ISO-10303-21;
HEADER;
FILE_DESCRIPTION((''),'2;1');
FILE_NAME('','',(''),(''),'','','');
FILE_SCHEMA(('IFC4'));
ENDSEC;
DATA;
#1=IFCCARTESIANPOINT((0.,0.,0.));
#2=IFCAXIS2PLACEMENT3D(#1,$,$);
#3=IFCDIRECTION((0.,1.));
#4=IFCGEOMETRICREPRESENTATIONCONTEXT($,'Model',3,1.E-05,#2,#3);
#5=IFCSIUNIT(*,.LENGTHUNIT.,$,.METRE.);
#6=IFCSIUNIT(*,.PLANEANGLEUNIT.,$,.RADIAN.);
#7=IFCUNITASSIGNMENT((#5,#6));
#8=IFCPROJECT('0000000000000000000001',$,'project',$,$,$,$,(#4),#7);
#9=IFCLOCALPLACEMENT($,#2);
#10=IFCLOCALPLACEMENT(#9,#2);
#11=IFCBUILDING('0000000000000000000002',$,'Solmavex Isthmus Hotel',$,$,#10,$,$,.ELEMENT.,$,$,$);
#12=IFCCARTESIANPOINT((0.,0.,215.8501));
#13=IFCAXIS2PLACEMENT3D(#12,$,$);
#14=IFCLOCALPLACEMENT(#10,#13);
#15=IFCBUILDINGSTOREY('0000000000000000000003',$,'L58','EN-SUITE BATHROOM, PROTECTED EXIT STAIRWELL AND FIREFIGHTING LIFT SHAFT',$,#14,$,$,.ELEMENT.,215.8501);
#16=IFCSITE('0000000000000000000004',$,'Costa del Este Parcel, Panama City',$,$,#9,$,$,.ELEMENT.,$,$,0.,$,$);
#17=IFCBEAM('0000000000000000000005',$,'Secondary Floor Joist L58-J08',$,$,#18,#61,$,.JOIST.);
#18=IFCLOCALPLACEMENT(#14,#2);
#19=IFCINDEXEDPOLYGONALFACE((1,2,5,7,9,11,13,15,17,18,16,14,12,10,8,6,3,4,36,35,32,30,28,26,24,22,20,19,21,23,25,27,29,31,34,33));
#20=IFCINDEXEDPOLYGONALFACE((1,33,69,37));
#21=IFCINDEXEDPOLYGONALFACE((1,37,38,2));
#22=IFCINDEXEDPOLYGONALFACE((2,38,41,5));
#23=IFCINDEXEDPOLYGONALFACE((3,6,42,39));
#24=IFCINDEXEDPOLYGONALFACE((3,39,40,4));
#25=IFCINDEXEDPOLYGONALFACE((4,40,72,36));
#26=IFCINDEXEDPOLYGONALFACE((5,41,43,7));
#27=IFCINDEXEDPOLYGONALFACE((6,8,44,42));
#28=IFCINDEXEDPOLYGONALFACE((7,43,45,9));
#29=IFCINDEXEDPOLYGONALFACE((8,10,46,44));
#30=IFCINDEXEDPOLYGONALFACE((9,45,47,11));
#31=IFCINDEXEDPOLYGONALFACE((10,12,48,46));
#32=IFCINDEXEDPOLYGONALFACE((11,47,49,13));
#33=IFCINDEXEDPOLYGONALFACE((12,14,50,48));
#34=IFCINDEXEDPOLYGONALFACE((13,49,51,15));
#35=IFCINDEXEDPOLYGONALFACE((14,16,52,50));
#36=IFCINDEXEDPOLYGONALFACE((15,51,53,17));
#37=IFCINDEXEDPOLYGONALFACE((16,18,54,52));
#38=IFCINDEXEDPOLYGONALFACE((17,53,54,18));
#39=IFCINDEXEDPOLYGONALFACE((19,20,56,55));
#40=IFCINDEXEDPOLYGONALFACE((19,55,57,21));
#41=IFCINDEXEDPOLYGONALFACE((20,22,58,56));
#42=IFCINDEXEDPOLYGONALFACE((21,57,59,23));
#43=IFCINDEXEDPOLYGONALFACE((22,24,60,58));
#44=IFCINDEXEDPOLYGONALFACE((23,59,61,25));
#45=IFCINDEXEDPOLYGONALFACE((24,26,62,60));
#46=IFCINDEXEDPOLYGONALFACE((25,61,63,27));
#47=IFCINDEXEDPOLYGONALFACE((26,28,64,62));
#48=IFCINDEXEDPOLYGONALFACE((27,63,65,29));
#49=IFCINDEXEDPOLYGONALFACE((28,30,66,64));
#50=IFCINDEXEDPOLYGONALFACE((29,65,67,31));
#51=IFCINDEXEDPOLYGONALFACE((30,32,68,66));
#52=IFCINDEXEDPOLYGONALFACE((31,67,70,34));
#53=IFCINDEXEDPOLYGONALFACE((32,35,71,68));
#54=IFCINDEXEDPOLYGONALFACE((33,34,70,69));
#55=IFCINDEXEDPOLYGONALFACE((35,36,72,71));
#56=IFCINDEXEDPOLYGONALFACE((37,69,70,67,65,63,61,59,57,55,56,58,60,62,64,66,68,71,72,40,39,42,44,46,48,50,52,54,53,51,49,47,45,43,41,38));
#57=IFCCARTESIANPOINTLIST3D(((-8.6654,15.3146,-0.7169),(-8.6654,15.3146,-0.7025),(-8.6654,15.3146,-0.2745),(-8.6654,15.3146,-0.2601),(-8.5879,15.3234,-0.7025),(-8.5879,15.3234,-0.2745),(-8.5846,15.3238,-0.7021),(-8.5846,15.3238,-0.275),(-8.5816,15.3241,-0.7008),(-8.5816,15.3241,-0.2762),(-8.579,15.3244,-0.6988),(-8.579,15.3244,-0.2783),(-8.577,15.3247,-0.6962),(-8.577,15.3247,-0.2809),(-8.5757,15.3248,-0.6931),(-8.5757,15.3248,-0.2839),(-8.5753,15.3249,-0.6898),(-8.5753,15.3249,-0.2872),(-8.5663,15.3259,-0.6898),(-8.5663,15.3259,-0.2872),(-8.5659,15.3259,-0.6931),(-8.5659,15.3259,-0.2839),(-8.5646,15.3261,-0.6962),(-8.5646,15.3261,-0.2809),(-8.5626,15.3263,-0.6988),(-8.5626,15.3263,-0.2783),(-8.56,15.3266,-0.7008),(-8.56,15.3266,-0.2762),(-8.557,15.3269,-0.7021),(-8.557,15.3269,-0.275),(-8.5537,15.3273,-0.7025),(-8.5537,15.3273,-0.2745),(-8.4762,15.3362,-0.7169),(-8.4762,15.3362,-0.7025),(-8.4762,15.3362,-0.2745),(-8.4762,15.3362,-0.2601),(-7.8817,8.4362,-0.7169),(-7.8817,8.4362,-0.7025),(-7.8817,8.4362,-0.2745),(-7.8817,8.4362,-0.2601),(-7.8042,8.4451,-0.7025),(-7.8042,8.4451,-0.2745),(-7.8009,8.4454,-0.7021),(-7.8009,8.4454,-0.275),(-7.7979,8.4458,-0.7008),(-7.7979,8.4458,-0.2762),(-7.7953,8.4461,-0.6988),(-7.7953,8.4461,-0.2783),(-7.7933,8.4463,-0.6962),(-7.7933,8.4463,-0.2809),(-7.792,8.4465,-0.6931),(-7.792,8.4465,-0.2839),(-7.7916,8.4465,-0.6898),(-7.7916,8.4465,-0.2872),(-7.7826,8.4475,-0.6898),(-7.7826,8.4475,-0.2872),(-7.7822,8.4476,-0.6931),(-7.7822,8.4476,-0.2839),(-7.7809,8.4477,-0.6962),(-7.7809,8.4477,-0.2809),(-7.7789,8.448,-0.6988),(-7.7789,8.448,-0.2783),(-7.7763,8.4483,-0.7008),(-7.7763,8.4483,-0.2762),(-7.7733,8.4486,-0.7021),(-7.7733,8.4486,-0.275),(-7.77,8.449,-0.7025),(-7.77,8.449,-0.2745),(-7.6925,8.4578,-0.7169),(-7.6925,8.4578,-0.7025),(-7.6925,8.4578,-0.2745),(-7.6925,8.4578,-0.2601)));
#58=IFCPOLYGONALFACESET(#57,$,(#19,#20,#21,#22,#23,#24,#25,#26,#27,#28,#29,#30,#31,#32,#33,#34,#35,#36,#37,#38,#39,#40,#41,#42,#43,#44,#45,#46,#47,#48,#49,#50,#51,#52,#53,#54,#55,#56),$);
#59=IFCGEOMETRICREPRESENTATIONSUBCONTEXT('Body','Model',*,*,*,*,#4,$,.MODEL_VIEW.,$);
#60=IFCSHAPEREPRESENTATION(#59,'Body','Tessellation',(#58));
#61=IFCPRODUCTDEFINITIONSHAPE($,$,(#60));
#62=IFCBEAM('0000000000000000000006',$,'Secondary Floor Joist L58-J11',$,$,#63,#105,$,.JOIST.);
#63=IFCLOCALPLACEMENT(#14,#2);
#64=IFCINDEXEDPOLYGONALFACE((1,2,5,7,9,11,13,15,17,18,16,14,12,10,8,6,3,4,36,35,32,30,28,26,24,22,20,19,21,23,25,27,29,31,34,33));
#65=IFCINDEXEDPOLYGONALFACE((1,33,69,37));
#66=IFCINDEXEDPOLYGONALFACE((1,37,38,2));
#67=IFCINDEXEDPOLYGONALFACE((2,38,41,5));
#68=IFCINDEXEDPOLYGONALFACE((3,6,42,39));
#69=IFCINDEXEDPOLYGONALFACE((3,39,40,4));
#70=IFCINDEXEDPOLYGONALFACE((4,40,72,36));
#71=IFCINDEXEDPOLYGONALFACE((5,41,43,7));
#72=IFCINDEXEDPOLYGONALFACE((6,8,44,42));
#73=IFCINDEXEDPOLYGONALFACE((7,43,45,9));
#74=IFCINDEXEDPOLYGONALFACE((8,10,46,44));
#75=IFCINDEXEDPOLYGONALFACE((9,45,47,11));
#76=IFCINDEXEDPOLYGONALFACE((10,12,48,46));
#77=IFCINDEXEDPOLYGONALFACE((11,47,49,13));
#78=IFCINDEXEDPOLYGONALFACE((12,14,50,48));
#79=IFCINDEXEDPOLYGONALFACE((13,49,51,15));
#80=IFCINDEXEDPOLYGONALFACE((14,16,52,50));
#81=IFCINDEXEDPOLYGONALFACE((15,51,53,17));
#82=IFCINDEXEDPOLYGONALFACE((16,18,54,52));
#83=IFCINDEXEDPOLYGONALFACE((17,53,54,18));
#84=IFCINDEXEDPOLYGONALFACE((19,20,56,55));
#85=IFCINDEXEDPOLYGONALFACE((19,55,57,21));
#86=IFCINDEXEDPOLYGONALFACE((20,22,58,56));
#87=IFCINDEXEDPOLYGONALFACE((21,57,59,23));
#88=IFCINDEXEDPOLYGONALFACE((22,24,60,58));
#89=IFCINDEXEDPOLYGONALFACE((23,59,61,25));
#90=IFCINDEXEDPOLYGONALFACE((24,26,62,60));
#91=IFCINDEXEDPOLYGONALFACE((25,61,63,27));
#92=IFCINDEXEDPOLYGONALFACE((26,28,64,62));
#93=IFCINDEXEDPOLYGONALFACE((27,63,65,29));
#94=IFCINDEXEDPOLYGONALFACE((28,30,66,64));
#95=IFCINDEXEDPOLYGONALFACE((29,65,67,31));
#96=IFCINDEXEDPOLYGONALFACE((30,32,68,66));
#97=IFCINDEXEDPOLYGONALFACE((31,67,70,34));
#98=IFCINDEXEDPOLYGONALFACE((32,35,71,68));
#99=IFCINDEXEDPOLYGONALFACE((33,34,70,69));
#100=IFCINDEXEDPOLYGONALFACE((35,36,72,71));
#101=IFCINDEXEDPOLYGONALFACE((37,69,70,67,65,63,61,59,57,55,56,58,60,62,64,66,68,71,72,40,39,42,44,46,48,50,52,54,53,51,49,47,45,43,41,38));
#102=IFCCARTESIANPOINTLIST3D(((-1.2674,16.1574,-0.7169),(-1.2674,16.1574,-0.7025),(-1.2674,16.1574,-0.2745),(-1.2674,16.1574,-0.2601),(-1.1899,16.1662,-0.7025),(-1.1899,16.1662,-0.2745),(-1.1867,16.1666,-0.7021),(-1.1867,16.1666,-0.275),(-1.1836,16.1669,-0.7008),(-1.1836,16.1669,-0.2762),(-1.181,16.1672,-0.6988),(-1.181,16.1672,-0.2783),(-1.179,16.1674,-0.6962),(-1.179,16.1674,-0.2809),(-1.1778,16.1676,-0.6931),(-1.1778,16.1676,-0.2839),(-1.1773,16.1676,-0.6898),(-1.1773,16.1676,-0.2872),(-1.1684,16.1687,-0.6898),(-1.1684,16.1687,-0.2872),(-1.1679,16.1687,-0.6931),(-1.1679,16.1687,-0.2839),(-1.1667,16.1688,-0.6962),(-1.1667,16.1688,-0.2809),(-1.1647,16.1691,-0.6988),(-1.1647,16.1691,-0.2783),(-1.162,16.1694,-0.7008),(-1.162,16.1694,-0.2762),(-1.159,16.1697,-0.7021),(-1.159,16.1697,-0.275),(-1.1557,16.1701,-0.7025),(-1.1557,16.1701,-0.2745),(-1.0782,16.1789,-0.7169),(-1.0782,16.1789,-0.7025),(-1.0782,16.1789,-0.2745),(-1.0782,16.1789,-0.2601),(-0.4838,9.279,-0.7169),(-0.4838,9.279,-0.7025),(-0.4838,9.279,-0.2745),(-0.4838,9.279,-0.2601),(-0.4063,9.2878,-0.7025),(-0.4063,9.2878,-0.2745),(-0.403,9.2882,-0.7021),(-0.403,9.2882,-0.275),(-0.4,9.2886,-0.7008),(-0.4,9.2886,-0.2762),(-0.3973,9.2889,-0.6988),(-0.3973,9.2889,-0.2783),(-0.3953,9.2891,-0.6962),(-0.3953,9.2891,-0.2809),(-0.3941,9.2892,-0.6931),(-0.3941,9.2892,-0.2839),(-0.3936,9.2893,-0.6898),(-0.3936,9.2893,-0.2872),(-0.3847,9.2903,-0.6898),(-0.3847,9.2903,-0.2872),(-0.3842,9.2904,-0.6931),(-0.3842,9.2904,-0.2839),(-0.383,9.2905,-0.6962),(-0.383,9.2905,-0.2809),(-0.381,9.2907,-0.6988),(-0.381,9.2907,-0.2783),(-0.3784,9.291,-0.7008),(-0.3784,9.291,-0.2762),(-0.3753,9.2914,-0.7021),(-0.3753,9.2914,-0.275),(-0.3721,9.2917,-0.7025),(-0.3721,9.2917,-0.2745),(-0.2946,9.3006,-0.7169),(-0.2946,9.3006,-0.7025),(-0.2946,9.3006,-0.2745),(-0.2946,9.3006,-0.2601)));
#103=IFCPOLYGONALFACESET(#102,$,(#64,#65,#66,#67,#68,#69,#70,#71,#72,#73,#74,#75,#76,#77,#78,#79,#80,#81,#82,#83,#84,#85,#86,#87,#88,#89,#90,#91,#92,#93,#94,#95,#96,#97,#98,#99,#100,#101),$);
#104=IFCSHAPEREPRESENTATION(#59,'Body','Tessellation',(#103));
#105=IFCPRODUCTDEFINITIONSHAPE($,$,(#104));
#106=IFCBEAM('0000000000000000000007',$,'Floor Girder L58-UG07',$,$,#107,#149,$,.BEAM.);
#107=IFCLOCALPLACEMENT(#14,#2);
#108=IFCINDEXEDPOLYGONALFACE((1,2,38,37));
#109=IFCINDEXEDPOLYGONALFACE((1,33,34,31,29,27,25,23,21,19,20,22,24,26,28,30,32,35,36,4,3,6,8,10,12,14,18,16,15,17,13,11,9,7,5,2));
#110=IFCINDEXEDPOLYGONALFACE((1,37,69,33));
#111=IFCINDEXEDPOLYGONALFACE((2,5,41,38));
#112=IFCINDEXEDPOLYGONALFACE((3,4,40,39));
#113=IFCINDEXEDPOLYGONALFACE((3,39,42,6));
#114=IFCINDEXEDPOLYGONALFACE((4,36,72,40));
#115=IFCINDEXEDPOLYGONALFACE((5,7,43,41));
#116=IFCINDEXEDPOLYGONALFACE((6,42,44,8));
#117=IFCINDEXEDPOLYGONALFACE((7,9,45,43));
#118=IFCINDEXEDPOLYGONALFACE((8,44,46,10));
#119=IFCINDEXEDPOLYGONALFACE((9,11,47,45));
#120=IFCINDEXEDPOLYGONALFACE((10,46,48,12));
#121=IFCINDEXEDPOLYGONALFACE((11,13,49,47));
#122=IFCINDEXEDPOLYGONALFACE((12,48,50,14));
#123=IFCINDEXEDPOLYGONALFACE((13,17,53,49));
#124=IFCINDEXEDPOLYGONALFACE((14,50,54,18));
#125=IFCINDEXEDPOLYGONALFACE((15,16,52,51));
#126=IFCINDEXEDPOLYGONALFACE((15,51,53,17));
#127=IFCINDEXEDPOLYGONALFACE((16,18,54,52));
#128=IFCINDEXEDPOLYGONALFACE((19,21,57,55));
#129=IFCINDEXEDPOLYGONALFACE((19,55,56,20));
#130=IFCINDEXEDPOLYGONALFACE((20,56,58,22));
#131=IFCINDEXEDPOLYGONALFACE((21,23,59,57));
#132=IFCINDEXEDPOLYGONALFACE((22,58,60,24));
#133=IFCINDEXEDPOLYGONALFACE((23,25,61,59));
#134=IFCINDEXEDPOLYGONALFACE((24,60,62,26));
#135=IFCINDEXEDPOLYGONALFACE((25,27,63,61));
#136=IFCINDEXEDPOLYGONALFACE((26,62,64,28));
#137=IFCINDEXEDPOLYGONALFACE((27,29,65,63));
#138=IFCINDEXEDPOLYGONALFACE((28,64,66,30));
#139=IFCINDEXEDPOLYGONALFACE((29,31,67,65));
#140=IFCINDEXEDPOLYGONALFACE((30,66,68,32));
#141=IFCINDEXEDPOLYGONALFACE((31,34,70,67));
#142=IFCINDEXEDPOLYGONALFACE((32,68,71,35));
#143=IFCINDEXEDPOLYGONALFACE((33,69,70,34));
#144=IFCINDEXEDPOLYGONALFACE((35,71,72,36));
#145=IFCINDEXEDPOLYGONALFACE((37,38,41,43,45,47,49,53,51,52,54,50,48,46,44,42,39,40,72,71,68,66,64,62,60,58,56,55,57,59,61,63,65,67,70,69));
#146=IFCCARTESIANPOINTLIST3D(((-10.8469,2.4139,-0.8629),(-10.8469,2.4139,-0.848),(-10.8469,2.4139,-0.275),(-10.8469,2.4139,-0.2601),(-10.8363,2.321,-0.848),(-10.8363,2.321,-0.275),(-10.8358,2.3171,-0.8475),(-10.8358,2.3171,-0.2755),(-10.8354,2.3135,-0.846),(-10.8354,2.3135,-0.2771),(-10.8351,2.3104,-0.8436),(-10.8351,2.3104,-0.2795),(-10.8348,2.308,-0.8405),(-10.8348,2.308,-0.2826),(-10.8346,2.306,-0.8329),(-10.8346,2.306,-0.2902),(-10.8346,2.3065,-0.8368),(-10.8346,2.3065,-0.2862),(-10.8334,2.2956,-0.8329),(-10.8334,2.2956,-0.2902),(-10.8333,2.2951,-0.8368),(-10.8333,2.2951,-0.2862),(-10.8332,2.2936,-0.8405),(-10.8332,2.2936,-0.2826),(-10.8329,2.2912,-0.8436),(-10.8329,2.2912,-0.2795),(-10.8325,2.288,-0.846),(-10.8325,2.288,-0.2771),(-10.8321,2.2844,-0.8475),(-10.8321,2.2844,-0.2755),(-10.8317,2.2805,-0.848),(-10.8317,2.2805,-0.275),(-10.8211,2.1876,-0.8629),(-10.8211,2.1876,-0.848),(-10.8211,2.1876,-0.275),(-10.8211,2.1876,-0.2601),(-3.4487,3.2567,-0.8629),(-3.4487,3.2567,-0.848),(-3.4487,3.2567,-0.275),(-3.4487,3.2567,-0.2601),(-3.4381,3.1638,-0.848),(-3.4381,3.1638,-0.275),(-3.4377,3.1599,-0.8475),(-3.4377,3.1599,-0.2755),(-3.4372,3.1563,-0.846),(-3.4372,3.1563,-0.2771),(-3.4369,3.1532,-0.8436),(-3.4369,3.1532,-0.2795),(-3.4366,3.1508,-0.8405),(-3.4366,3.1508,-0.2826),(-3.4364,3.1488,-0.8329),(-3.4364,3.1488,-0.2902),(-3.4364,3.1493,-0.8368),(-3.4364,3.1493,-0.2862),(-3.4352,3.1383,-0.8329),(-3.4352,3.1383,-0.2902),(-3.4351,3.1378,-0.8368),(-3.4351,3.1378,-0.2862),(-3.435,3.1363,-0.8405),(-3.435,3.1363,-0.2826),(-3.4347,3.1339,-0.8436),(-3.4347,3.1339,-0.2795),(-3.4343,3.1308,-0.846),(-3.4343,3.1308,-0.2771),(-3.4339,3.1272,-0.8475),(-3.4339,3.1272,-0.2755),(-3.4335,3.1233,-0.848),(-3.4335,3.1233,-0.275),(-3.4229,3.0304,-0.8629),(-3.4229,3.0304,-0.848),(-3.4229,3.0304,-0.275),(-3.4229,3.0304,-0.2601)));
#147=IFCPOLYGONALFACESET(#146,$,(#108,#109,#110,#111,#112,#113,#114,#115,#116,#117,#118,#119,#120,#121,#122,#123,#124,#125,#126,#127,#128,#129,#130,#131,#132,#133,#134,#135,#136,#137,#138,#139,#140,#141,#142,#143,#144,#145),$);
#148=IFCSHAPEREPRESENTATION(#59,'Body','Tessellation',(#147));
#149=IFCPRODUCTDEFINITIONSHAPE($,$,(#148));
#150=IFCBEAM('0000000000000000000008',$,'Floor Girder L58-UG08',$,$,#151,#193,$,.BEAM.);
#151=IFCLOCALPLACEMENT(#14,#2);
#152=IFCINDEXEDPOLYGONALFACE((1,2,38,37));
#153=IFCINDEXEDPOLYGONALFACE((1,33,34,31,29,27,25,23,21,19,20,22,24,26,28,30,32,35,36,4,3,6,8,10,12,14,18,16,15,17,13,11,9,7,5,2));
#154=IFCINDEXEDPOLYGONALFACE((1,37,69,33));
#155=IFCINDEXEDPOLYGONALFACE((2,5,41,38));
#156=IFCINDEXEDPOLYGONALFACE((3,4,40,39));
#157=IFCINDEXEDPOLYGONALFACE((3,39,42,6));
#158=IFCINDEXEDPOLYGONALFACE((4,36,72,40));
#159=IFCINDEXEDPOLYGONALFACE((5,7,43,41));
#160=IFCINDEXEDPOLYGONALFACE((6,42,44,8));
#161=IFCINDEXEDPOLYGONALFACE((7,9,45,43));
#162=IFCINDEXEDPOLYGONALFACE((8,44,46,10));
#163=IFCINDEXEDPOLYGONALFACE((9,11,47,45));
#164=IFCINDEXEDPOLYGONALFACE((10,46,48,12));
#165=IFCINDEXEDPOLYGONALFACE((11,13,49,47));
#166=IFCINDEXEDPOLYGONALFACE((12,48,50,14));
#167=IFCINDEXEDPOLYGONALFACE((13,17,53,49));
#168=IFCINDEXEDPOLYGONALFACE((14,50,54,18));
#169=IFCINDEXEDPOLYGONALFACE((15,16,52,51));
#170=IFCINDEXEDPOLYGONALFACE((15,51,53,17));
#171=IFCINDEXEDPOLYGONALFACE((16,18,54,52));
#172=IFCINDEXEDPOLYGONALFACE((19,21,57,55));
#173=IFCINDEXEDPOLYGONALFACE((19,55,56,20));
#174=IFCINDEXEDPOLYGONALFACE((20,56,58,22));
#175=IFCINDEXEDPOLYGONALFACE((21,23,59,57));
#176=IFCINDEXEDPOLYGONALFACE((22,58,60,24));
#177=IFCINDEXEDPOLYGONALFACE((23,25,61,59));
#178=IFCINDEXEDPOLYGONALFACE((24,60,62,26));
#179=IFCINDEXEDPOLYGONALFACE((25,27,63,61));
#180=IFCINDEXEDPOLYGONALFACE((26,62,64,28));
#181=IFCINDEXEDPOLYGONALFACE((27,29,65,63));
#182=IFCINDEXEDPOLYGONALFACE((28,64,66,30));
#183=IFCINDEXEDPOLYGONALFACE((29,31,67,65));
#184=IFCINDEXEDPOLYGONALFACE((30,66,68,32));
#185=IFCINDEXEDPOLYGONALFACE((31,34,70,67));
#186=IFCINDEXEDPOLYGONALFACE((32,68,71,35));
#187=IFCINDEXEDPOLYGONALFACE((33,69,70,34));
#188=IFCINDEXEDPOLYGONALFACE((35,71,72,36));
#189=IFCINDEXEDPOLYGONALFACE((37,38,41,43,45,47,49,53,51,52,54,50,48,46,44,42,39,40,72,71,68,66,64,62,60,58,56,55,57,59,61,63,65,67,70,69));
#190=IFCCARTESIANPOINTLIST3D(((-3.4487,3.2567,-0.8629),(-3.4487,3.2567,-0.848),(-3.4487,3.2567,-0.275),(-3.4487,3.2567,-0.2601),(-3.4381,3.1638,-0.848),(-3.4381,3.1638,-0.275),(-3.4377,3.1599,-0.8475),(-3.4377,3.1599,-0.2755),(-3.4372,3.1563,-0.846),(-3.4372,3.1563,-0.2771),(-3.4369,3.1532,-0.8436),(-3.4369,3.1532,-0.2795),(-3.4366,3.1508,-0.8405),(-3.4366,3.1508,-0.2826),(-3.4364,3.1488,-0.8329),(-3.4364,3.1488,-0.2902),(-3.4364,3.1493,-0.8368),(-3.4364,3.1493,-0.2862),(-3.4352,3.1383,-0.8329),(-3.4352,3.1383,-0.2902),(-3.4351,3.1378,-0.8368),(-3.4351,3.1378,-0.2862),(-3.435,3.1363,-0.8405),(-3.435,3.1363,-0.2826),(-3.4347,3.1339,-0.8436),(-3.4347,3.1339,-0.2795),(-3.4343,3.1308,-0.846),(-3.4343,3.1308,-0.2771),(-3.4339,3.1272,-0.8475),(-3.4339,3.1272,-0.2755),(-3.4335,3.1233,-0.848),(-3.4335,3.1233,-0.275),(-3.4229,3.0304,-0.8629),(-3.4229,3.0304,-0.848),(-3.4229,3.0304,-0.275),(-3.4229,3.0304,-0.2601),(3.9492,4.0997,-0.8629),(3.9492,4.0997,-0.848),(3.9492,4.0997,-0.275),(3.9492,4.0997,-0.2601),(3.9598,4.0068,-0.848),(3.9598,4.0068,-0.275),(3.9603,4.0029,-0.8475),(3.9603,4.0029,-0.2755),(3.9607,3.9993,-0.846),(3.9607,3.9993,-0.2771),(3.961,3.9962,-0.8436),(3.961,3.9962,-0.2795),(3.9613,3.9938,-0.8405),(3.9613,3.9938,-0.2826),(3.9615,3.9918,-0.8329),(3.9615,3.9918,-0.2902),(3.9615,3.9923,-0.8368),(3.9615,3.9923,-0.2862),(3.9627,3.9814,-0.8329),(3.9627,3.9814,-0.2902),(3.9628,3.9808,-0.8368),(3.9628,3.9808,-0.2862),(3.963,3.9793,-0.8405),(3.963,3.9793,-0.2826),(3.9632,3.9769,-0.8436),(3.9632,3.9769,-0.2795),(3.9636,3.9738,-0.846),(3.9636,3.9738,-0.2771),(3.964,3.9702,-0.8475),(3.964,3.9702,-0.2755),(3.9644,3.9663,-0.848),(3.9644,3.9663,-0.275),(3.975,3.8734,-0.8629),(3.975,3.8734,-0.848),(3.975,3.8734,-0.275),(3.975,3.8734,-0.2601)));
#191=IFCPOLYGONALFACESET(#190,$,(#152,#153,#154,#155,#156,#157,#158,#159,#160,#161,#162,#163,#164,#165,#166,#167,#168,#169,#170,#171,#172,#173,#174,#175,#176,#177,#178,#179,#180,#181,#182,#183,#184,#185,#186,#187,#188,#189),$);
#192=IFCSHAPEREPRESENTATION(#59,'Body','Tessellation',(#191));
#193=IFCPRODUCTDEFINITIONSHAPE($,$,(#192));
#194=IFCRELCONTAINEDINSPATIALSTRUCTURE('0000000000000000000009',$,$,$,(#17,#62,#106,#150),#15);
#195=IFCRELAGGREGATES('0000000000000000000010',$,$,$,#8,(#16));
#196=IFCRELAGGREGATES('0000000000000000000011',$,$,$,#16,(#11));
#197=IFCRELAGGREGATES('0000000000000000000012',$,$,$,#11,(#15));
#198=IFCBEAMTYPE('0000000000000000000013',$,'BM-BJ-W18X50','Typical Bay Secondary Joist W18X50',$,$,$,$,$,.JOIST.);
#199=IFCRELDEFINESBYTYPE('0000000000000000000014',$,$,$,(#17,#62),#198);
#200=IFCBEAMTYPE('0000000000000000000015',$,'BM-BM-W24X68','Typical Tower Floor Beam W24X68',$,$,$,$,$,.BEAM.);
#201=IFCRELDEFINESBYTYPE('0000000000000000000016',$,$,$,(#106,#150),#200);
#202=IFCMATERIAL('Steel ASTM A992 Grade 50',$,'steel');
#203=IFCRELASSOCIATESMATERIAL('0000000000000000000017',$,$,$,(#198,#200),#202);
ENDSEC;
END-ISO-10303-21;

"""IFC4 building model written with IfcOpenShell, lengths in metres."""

from ifc_helpers import new_model, si_unit, direction, frame, origin, origin_2d, place, context, subcontext, project, spatial, i_section, extrude, material, material_profile, profile_set, type_object, element, save


model = new_model("IFC4")

# Units and contexts
model_context = context("Model", 3, precision=1e-05, world=origin(), true_north=direction((0.0, 1.0)))
body_context = subcontext(model_context, "Body", "Model", "MODEL_VIEW")
ifc_project = project(units=[si_unit("LENGTHUNIT", "METRE"), si_unit("PLANEANGLEUNIT", "RADIAN")], contexts=[model_context])

# Site, building, storey
site_placement = place(None, origin())
site = spatial("IfcSite", under=ifc_project, at=site_placement, Name="Costa del Este Parcel, Panama City", CompositionType="ELEMENT", RefElevation=0.0)
building_placement = place(site_placement, origin())
building = spatial("IfcBuilding", under=site, at=building_placement, Name="Solmavex Isthmus Hotel", CompositionType="ELEMENT")
storey_placement = place(building_placement, frame((0.0, 0.0, 215.8501)))
storey = spatial("IfcBuildingStorey", under=building, at=storey_placement, Name="L58", Description="EN-SUITE BATHROOM, PROTECTED EXIT STAIRWELL AND FIREFIGHTING LIFT SHAFT", CompositionType="ELEMENT", Elevation=215.8501)

# Beams
ifc_material_1 = material(Name="Steel ASTM A992 Grade 50", Category="steel")
ifc_material_profile_1 = material_profile(ifc_material_1, i_section(OverallWidth=0.1904, OverallDepth=0.4568, WebThickness=0.009, FlangeThickness=0.0144, FilletRadius=0.0127, at=origin_2d()), Name="W18X50")
ifc_profile_set_1 = profile_set([ifc_material_profile_1], Name="Steel ASTM A992 Grade 50")
beam_type_1 = type_object("IfcBeamType", Name="BM-BJ-W18X50", Description="Typical Bay Secondary Joist W18X50", PredefinedType="JOIST", material=ifc_profile_set_1)
for number, where, z_axis, x_axis, name in (
    (1, (-7.7871, 8.447, -0.4885), (-0.113202, 0.993572, 0.0), (-0.993572, -0.113202, 0.0), "Secondary Floor Joist L58-J08"),
    (2, (-0.3892, 9.2898, -0.4885), (-0.113202, 0.993572, 0.0), (-0.993572, -0.113202, 0.0), "Secondary Floor Joist L58-J11"),
):
    element("IfcBeam", number, at=place(storey_placement, frame(where, z_axis=z_axis, x_axis=x_axis)), inside=storey, type_object=beam_type_1, Name=name, PredefinedType="JOIST", context=body_context, shape_type="SweptSolid", body=[
        extrude(i_section(OverallWidth=0.1904, OverallDepth=0.4568, WebThickness=0.009, FlangeThickness=0.0144, FilletRadius=0.0127, at=origin_2d()), origin(), (0.0, 0.0, 1.0), 6.9229),
    ])
ifc_material_profile_2 = material_profile(ifc_material_1, i_section(OverallWidth=0.2278, OverallDepth=0.6028, WebThickness=0.0105, FlangeThickness=0.0149, FilletRadius=0.0151, at=origin_2d()), Name="W24X68")
ifc_profile_set_2 = profile_set([ifc_material_profile_2], Name="Steel ASTM A992 Grade 50")
beam_type_2 = type_object("IfcBeamType", Name="BM-BM-W24X68", Description="Typical Tower Floor Beam W24X68", PredefinedType="BEAM", material=ifc_profile_set_2)
beam_1_placement = place(storey_placement, frame((-10.834, 2.3008, -0.5615), z_axis=(0.993574, 0.113184, 0.0), x_axis=(-0.113184, 0.993574, 0.0)))
element("IfcBeam", 3, at=beam_1_placement, inside=storey, type_object=beam_type_2, Name="Floor Girder L58-UG07", PredefinedType="BEAM", context=body_context, shape_type="SweptSolid", body=[
    extrude(i_section(OverallWidth=0.2278, OverallDepth=0.6028, WebThickness=0.0105, FlangeThickness=0.0149, FilletRadius=0.0151, at=origin_2d()), origin(), (0.0, 0.0, 1.0), 7.446),
])
beam_2_placement = place(storey_placement, frame((-3.4358, 3.1436, -0.5615), z_axis=(0.99357, 0.11322, 0.0), x_axis=(-0.11322, 0.99357, 0.0)))
element("IfcBeam", 4, at=beam_2_placement, inside=storey, type_object=beam_type_2, Name="Floor Girder L58-UG08", PredefinedType="BEAM", context=body_context, shape_type="SweptSolid", body=[
    extrude(i_section(OverallWidth=0.2278, OverallDepth=0.6028, WebThickness=0.0105, FlangeThickness=0.0149, FilletRadius=0.0151, at=origin_2d()), origin(), (0.0, 0.0, 1.0), 7.4458),
])

save(model, "model.ifc")
